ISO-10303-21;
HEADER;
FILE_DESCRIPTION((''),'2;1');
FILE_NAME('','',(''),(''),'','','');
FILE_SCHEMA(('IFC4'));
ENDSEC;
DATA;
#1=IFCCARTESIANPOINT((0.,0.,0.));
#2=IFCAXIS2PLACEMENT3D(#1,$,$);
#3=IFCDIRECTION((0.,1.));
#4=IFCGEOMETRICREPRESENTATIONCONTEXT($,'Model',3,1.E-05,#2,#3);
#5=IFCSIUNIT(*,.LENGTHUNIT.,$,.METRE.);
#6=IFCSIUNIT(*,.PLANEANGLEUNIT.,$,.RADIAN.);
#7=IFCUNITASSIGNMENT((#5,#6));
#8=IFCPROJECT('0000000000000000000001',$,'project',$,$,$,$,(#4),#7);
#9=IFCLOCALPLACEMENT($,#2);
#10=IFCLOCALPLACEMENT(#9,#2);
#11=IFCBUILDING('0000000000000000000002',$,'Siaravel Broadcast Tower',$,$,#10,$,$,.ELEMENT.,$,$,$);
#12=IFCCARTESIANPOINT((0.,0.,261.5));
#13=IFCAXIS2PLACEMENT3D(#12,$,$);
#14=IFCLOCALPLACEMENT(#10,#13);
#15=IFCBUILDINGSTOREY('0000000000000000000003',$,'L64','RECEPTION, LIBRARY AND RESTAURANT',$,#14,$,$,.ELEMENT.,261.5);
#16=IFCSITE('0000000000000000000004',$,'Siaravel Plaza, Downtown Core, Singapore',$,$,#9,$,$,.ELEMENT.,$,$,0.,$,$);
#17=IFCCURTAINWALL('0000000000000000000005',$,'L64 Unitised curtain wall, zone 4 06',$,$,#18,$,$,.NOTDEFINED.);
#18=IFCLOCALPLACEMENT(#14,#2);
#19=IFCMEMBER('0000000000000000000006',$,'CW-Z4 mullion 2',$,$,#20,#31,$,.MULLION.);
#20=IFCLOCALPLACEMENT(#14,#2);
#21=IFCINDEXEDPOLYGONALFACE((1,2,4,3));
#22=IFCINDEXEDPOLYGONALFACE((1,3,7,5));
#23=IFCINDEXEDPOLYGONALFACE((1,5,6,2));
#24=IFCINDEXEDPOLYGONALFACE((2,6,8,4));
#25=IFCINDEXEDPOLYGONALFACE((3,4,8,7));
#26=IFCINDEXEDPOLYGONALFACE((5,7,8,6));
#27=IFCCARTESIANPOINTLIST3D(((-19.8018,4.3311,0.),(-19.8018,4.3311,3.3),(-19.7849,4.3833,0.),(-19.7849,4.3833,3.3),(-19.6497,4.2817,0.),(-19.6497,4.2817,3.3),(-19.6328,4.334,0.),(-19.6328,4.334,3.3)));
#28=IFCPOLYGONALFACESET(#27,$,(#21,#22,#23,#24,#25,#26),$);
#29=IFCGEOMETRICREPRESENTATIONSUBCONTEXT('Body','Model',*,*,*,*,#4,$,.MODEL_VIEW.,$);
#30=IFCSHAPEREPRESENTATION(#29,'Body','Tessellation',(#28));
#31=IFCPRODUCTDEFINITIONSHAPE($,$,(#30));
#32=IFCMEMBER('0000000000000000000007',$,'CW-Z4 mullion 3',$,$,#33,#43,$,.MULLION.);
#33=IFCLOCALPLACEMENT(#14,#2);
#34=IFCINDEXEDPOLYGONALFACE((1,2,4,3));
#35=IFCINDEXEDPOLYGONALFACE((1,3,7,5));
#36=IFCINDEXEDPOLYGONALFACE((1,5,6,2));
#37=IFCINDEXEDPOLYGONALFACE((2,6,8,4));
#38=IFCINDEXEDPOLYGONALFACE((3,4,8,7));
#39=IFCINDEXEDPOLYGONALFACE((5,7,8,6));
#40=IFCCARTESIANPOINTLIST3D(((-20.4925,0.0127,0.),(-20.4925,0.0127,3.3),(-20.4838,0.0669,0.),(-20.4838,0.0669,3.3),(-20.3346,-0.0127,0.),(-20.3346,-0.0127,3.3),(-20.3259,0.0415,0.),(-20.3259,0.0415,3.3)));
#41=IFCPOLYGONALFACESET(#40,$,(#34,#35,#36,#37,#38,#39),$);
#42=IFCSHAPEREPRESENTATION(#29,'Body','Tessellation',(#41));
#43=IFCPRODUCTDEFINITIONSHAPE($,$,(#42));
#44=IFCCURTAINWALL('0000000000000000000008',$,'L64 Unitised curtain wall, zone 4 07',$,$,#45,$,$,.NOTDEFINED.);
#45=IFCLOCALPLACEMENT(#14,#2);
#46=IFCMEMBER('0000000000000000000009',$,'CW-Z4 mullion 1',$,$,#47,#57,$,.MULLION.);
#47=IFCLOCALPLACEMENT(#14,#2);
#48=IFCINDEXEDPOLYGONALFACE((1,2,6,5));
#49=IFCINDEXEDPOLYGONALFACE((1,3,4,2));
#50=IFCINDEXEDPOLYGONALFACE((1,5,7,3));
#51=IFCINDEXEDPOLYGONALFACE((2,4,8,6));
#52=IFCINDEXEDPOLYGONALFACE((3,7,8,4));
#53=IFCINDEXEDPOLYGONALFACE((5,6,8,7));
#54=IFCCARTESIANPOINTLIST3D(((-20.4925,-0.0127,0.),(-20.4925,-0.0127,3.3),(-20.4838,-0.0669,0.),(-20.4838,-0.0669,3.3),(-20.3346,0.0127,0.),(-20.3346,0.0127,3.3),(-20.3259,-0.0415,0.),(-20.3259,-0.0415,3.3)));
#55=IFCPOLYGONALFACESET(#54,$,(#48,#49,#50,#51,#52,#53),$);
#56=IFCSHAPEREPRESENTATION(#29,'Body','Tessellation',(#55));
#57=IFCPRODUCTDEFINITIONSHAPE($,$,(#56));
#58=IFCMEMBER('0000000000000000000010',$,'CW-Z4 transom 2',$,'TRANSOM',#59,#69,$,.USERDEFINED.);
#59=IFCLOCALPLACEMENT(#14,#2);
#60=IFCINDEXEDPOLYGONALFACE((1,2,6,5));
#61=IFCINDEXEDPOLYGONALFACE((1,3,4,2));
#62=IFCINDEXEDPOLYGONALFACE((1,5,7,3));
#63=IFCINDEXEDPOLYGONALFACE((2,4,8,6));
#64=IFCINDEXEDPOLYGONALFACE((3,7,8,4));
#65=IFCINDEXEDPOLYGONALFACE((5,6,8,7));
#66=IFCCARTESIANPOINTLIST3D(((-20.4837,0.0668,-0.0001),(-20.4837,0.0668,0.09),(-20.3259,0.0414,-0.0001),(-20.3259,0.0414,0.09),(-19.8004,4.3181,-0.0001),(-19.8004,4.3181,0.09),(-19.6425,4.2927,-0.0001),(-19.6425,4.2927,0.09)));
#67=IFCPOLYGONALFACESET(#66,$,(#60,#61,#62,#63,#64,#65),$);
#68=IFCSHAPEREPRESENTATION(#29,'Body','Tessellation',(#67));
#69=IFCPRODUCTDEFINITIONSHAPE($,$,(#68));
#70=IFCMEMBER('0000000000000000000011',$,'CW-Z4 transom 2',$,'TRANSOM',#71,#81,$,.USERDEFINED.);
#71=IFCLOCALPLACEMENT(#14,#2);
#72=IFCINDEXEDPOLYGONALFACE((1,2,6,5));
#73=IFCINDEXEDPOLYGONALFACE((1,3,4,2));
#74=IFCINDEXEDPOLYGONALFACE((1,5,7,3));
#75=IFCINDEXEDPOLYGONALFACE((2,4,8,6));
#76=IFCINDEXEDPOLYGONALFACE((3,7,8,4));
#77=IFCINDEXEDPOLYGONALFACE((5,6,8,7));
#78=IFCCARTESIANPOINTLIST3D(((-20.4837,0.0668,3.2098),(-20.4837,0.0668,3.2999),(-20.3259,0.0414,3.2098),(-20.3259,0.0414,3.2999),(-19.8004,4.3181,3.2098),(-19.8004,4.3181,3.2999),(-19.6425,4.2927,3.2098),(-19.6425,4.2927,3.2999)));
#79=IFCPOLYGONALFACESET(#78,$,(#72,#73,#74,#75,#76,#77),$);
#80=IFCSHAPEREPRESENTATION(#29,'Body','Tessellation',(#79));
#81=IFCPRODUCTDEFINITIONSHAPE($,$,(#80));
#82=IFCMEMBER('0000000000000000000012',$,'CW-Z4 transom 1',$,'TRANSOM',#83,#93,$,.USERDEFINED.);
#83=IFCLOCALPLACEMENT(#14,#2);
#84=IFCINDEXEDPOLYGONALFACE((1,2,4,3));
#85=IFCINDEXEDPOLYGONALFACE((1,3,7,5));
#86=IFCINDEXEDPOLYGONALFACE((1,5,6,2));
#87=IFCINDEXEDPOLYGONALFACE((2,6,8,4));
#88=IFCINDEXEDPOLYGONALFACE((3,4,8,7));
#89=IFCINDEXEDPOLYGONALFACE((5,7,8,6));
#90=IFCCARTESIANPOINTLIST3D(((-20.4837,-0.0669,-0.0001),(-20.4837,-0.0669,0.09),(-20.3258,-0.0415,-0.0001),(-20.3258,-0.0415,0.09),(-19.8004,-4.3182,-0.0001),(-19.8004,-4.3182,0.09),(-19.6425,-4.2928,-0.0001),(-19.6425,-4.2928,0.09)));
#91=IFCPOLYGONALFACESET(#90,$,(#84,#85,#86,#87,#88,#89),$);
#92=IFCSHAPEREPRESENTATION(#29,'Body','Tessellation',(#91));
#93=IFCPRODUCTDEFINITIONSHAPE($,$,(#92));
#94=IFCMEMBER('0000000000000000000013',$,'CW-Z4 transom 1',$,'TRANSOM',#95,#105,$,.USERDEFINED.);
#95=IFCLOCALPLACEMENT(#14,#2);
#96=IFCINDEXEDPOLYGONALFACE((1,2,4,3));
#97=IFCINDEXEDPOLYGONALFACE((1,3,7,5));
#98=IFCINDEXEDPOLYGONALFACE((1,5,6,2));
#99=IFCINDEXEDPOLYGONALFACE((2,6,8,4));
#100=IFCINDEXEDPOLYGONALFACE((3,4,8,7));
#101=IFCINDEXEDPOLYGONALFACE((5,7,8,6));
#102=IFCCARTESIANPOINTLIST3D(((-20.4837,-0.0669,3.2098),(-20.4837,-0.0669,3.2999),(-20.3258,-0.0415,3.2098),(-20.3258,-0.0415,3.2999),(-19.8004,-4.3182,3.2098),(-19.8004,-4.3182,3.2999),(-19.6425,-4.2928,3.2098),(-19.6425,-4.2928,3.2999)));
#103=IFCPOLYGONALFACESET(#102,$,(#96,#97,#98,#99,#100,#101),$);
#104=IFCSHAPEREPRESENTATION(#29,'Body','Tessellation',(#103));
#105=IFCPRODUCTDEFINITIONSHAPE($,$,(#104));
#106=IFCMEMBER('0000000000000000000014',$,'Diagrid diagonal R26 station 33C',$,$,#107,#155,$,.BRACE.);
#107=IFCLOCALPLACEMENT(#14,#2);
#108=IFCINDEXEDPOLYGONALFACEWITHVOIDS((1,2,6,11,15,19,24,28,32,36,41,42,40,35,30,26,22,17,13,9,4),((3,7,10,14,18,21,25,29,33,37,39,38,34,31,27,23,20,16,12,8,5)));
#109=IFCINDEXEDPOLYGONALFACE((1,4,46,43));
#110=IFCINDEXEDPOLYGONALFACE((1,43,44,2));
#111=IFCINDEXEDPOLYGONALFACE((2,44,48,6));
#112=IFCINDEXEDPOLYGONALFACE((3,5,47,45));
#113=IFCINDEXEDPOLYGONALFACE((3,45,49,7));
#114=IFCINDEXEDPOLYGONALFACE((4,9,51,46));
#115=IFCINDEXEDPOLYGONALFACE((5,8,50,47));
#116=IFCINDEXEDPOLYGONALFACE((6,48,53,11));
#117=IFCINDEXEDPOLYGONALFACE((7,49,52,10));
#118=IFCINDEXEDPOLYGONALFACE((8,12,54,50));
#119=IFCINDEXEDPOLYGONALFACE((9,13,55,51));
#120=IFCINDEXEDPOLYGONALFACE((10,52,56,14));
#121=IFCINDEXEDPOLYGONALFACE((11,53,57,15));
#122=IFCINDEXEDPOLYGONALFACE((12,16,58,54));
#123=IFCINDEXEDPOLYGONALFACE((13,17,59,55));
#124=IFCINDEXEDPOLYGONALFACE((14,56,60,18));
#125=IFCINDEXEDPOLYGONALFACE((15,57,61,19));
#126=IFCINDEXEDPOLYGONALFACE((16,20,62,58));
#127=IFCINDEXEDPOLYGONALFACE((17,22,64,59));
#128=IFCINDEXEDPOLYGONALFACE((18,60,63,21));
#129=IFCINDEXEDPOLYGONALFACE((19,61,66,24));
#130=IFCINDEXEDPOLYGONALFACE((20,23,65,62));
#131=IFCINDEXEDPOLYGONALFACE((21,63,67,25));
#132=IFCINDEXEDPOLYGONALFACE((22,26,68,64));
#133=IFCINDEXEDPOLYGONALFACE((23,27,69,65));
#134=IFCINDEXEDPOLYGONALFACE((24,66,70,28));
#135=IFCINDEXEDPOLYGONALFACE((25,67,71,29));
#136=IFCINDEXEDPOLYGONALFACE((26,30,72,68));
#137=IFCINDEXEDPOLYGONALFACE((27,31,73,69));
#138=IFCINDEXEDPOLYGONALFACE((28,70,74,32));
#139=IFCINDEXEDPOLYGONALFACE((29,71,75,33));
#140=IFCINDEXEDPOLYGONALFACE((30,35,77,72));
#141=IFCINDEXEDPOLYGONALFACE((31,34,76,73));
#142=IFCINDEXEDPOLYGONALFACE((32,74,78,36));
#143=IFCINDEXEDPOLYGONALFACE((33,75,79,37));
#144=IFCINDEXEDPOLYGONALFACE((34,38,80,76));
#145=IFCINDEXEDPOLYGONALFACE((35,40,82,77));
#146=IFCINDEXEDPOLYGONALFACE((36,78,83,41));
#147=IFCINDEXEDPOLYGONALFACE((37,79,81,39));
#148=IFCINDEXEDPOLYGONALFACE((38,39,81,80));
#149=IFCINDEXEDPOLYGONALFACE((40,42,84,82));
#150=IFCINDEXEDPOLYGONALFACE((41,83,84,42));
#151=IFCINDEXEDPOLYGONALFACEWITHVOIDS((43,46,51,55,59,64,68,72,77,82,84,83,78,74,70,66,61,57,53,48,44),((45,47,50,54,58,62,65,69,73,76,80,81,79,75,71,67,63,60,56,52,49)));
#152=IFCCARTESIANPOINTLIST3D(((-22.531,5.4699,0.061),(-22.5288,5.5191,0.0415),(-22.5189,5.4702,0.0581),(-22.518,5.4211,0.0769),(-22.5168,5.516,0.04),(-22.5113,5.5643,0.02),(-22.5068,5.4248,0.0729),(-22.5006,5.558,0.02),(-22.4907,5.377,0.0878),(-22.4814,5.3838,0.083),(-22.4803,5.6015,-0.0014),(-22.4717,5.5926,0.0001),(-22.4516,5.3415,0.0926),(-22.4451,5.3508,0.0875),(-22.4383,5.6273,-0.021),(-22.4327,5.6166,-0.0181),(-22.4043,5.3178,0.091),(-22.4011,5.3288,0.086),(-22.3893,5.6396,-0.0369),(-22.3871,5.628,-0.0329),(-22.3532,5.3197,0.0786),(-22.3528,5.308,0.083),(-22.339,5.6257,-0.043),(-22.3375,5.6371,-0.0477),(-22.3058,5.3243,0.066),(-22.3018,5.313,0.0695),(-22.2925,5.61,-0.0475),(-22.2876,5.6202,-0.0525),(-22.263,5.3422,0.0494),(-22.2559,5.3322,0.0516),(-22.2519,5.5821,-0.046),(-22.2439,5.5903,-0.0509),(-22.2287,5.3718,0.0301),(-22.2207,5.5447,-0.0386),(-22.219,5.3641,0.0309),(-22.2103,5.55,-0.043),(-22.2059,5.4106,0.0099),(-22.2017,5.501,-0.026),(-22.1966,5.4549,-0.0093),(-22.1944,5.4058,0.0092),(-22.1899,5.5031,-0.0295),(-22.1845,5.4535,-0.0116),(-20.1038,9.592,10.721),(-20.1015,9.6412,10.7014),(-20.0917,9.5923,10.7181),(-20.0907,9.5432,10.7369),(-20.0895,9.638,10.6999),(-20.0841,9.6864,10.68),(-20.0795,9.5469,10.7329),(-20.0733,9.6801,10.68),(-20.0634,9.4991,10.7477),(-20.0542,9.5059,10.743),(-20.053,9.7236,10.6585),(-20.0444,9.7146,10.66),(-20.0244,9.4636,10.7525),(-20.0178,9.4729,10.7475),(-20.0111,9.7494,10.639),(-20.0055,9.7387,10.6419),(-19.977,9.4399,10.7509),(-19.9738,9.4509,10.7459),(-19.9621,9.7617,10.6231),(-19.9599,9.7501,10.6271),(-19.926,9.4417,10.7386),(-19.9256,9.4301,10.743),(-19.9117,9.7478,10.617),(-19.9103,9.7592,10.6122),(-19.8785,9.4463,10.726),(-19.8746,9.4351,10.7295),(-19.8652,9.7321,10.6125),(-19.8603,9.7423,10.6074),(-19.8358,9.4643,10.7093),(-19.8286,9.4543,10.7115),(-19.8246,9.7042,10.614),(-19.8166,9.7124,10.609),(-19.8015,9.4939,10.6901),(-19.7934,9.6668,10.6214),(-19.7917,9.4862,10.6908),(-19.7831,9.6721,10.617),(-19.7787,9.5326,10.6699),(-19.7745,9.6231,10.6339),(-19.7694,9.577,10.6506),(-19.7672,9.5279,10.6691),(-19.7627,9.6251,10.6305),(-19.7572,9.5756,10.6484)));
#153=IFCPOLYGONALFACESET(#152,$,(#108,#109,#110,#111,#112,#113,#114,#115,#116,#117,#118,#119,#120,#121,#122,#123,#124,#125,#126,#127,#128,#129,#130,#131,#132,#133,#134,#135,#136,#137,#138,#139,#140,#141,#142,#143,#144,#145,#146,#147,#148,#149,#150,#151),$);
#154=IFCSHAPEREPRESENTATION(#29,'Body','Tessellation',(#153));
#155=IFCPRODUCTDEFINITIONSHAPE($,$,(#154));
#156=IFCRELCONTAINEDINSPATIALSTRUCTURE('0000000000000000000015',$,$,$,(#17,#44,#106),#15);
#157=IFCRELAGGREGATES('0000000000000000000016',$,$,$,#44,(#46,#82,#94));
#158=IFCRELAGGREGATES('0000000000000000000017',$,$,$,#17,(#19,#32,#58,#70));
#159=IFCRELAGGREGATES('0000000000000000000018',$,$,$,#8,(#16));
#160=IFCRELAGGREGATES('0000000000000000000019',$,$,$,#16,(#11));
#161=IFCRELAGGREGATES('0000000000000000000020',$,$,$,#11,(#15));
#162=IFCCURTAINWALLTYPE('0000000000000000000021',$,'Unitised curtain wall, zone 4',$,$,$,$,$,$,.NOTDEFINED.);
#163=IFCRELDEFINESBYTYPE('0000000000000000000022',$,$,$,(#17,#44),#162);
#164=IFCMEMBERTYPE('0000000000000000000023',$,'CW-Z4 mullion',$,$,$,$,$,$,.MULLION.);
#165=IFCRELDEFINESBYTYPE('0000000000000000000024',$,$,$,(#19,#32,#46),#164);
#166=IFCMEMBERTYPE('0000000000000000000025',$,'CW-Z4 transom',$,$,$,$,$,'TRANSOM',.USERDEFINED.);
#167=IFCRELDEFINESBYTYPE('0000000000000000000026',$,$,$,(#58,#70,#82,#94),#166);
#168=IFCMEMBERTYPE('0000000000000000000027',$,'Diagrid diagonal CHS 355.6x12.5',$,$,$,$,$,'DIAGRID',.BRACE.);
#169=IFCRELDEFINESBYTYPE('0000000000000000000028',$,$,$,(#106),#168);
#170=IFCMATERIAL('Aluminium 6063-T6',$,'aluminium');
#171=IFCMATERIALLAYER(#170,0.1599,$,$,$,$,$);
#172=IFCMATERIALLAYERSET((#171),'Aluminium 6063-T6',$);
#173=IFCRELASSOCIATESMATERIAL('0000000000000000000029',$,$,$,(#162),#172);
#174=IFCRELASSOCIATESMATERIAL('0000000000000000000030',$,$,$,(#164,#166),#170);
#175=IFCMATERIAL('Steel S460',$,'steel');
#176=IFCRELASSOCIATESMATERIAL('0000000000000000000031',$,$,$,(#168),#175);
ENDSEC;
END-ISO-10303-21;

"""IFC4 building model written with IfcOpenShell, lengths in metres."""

from ifc_helpers import new_model, si_unit, direction, frame, origin, origin_2d, place, context, subcontext, project, spatial, rectangle, hollow_circle, extrude, material, layer, layer_set, material_profile, profile_set, type_object, element, aggregate, save


model = new_model("IFC4")

# Units and contexts
model_context = context("Model", 3, precision=1e-05, world=origin(), true_north=direction((0.0, 1.0)))
body_context = subcontext(model_context, "Body", "Model", "MODEL_VIEW")
ifc_project = project(units=[si_unit("LENGTHUNIT", "METRE"), si_unit("PLANEANGLEUNIT", "RADIAN")], contexts=[model_context])

# Site, building, storey
site_placement = place(None, origin())
site = spatial("IfcSite", under=ifc_project, at=site_placement, Name="Siaravel Plaza, Downtown Core, Singapore", CompositionType="ELEMENT", RefElevation=0.0)
building_placement = place(site_placement, origin())
building = spatial("IfcBuilding", under=site, at=building_placement, Name="Siaravel Broadcast Tower", CompositionType="ELEMENT")
storey_placement = place(building_placement, frame((0.0, 0.0, 261.5)))
storey = spatial("IfcBuildingStorey", under=building, at=storey_placement, Name="L64", Description="RECEPTION, LIBRARY AND RESTAURANT", CompositionType="ELEMENT", Elevation=261.5)

# Curtain wall, members
ifc_material_1 = material(Name="Aluminium 6063-T6", Category="aluminium")
ifc_layer_1 = layer(ifc_material_1, 0.1599)
ifc_layer_set_1 = layer_set([ifc_layer_1], Name="Aluminium 6063-T6")
curtain_wall_type = type_object("IfcCurtainWallType", Name="Unitised curtain wall, zone 4", PredefinedType="NOTDEFINED", material=ifc_layer_set_1)
curtain_wall_1_placement = place(storey_placement, origin())
curtain_wall_1 = element("IfcCurtainWall", 1, at=curtain_wall_1_placement, inside=storey, type_object=curtain_wall_type, Name="L64 Unitised curtain wall, zone 4 06", PredefinedType="NOTDEFINED")
ifc_material_profile_1 = material_profile(ifc_material_1, rectangle(XDim=0.1599, YDim=0.0549, at=origin_2d()))
ifc_profile_set_1 = profile_set([ifc_material_profile_1], Name="Aluminium 6063-T6")
member_type_1 = type_object("IfcMemberType", Name="CW-Z4 mullion", PredefinedType="MULLION", material=ifc_profile_set_1)
member_1_placement = place(storey_placement, frame((-19.7173, 4.3325, 0.0), z_axis=(0.0, 0.0, 1.0), x_axis=(0.951178, -0.308644, 0.0)))
member_1 = element("IfcMember", 2, at=member_1_placement, type_object=member_type_1, Name="CW-Z4 mullion 2", PredefinedType="MULLION", context=body_context, shape_type="SweptSolid", body=[
    extrude(rectangle(XDim=0.1599, YDim=0.0549, at=origin_2d()), origin(), (0.0, 0.0, 1.0), 3.3),
])
member_2_placement = place(storey_placement, frame((-20.4092, 0.0271, 0.0), z_axis=(0.0, 0.0, 1.0), x_axis=(0.987329, -0.158685, 0.0)))
member_2 = element("IfcMember", 3, at=member_2_placement, type_object=member_type_1, Name="CW-Z4 mullion 3", PredefinedType="MULLION", context=body_context, shape_type="SweptSolid", body=[
    extrude(rectangle(XDim=0.1599, YDim=0.0549, at=origin_2d()), origin(), (0.0, 0.0, 1.0), 3.3),
])

# Curtain wall, member
curtain_wall_2_placement = place(storey_placement, origin())
curtain_wall_2 = element("IfcCurtainWall", 4, at=curtain_wall_2_placement, inside=storey, type_object=curtain_wall_type, Name="L64 Unitised curtain wall, zone 4 07", PredefinedType="NOTDEFINED")
member_3_placement = place(storey_placement, frame((-20.4092, -0.0271, 0.0), z_axis=(0.0, 0.0, 1.0), x_axis=(0.987329, 0.158685, 0.0)))
member_3 = element("IfcMember", 5, at=member_3_placement, type_object=member_type_1, Name="CW-Z4 mullion 1", PredefinedType="MULLION", context=body_context, shape_type="SweptSolid", body=[
    extrude(rectangle(XDim=0.1599, YDim=0.0549, at=origin_2d()), origin(), (0.0, 0.0, 1.0), 3.3),
])

# Members
ifc_material_profile_2 = material_profile(ifc_material_1, rectangle(XDim=0.1599, YDim=0.0901, at=origin_2d()))
ifc_profile_set_2 = profile_set([ifc_material_profile_2], Name="Aluminium 6063-T6")
member_type_2 = type_object("IfcMemberType", Name="CW-Z4 transom", ElementType="TRANSOM", PredefinedType="USERDEFINED", material=ifc_profile_set_2)
member_4_placement = place(storey_placement, frame((-19.7214, 4.3054, 0.0449), z_axis=(-0.158705, -0.987326, 0.0), x_axis=(0.987326, -0.158705, 0.0)))
member_4 = element("IfcMember", 6, at=member_4_placement, type_object=member_type_2, Name="CW-Z4 transom 2", ObjectType="TRANSOM", PredefinedType="USERDEFINED", context=body_context, shape_type="SweptSolid", body=[
    extrude(rectangle(XDim=0.1599, YDim=0.0901, at=origin_2d()), origin(), (0.0, 0.0, 1.0), 4.3059),
])
member_5_placement = place(storey_placement, frame((-19.7214, 4.3054, 3.2549), z_axis=(-0.158705, -0.987326, 0.0), x_axis=(0.987326, -0.158705, 0.0)))
member_5 = element("IfcMember", 7, at=member_5_placement, type_object=member_type_2, Name="CW-Z4 transom 2", ObjectType="TRANSOM", PredefinedType="USERDEFINED", context=body_context, shape_type="SweptSolid", body=[
    extrude(rectangle(XDim=0.1599, YDim=0.0901, at=origin_2d()), origin(), (0.0, 0.0, 1.0), 4.3059),
])
member_6_placement = place(storey_placement, frame((-20.4048, -0.0542, 0.0449), z_axis=(0.158705, -0.987326, 0.0), x_axis=(0.987326, 0.158705, 0.0)))
member_6 = element("IfcMember", 8, at=member_6_placement, type_object=member_type_2, Name="CW-Z4 transom 1", ObjectType="TRANSOM", PredefinedType="USERDEFINED", context=body_context, shape_type="SweptSolid", body=[
    extrude(rectangle(XDim=0.1599, YDim=0.0901, at=origin_2d()), origin(), (0.0, 0.0, 1.0), 4.3059),
])
member_7_placement = place(storey_placement, frame((-20.4048, -0.0542, 3.2549), z_axis=(0.158705, -0.987326, 0.0), x_axis=(0.987326, 0.158705, 0.0)))
member_7 = element("IfcMember", 9, at=member_7_placement, type_object=member_type_2, Name="CW-Z4 transom 1", ObjectType="TRANSOM", PredefinedType="USERDEFINED", context=body_context, shape_type="SweptSolid", body=[
    extrude(rectangle(XDim=0.1599, YDim=0.0901, at=origin_2d()), origin(), (0.0, 0.0, 1.0), 4.3059),
])
aggregate(curtain_wall_2, [member_3, member_6, member_7])

# Member
ifc_material_2 = material(Name="Steel S460", Category="steel")
ifc_material_profile_3 = material_profile(ifc_material_2, hollow_circle(Radius=0.1777, WallThickness=0.0125, at=origin_2d()))
ifc_profile_set_3 = profile_set([ifc_material_profile_3], Name="Steel S460")
member_type_3 = type_object("IfcMemberType", Name="Diagrid diagonal CHS 355.6x12.5", ElementType="DIAGRID", PredefinedType="BRACE", material=ifc_profile_set_3)
member_8_placement = place(storey_placement, frame((-22.3582, 5.4741, 0.02), z_axis=(0.20774, 0.352795, 0.912348), x_axis=(-0.861706, 0.507408, 0.0)))
element("IfcMember", 10, at=member_8_placement, inside=storey, type_object=member_type_3, Name="Diagrid diagonal R26 station 33C", PredefinedType="BRACE", context=body_context, shape_type="SweptSolid", body=[
    extrude(hollow_circle(Radius=0.1777, WallThickness=0.0125, at=origin_2d()), origin(), (0.0, 0.0, 1.0), 11.6841),
])

aggregate(curtain_wall_1, [member_1, member_2, member_4, member_5])

save(model, "model.ifc")
